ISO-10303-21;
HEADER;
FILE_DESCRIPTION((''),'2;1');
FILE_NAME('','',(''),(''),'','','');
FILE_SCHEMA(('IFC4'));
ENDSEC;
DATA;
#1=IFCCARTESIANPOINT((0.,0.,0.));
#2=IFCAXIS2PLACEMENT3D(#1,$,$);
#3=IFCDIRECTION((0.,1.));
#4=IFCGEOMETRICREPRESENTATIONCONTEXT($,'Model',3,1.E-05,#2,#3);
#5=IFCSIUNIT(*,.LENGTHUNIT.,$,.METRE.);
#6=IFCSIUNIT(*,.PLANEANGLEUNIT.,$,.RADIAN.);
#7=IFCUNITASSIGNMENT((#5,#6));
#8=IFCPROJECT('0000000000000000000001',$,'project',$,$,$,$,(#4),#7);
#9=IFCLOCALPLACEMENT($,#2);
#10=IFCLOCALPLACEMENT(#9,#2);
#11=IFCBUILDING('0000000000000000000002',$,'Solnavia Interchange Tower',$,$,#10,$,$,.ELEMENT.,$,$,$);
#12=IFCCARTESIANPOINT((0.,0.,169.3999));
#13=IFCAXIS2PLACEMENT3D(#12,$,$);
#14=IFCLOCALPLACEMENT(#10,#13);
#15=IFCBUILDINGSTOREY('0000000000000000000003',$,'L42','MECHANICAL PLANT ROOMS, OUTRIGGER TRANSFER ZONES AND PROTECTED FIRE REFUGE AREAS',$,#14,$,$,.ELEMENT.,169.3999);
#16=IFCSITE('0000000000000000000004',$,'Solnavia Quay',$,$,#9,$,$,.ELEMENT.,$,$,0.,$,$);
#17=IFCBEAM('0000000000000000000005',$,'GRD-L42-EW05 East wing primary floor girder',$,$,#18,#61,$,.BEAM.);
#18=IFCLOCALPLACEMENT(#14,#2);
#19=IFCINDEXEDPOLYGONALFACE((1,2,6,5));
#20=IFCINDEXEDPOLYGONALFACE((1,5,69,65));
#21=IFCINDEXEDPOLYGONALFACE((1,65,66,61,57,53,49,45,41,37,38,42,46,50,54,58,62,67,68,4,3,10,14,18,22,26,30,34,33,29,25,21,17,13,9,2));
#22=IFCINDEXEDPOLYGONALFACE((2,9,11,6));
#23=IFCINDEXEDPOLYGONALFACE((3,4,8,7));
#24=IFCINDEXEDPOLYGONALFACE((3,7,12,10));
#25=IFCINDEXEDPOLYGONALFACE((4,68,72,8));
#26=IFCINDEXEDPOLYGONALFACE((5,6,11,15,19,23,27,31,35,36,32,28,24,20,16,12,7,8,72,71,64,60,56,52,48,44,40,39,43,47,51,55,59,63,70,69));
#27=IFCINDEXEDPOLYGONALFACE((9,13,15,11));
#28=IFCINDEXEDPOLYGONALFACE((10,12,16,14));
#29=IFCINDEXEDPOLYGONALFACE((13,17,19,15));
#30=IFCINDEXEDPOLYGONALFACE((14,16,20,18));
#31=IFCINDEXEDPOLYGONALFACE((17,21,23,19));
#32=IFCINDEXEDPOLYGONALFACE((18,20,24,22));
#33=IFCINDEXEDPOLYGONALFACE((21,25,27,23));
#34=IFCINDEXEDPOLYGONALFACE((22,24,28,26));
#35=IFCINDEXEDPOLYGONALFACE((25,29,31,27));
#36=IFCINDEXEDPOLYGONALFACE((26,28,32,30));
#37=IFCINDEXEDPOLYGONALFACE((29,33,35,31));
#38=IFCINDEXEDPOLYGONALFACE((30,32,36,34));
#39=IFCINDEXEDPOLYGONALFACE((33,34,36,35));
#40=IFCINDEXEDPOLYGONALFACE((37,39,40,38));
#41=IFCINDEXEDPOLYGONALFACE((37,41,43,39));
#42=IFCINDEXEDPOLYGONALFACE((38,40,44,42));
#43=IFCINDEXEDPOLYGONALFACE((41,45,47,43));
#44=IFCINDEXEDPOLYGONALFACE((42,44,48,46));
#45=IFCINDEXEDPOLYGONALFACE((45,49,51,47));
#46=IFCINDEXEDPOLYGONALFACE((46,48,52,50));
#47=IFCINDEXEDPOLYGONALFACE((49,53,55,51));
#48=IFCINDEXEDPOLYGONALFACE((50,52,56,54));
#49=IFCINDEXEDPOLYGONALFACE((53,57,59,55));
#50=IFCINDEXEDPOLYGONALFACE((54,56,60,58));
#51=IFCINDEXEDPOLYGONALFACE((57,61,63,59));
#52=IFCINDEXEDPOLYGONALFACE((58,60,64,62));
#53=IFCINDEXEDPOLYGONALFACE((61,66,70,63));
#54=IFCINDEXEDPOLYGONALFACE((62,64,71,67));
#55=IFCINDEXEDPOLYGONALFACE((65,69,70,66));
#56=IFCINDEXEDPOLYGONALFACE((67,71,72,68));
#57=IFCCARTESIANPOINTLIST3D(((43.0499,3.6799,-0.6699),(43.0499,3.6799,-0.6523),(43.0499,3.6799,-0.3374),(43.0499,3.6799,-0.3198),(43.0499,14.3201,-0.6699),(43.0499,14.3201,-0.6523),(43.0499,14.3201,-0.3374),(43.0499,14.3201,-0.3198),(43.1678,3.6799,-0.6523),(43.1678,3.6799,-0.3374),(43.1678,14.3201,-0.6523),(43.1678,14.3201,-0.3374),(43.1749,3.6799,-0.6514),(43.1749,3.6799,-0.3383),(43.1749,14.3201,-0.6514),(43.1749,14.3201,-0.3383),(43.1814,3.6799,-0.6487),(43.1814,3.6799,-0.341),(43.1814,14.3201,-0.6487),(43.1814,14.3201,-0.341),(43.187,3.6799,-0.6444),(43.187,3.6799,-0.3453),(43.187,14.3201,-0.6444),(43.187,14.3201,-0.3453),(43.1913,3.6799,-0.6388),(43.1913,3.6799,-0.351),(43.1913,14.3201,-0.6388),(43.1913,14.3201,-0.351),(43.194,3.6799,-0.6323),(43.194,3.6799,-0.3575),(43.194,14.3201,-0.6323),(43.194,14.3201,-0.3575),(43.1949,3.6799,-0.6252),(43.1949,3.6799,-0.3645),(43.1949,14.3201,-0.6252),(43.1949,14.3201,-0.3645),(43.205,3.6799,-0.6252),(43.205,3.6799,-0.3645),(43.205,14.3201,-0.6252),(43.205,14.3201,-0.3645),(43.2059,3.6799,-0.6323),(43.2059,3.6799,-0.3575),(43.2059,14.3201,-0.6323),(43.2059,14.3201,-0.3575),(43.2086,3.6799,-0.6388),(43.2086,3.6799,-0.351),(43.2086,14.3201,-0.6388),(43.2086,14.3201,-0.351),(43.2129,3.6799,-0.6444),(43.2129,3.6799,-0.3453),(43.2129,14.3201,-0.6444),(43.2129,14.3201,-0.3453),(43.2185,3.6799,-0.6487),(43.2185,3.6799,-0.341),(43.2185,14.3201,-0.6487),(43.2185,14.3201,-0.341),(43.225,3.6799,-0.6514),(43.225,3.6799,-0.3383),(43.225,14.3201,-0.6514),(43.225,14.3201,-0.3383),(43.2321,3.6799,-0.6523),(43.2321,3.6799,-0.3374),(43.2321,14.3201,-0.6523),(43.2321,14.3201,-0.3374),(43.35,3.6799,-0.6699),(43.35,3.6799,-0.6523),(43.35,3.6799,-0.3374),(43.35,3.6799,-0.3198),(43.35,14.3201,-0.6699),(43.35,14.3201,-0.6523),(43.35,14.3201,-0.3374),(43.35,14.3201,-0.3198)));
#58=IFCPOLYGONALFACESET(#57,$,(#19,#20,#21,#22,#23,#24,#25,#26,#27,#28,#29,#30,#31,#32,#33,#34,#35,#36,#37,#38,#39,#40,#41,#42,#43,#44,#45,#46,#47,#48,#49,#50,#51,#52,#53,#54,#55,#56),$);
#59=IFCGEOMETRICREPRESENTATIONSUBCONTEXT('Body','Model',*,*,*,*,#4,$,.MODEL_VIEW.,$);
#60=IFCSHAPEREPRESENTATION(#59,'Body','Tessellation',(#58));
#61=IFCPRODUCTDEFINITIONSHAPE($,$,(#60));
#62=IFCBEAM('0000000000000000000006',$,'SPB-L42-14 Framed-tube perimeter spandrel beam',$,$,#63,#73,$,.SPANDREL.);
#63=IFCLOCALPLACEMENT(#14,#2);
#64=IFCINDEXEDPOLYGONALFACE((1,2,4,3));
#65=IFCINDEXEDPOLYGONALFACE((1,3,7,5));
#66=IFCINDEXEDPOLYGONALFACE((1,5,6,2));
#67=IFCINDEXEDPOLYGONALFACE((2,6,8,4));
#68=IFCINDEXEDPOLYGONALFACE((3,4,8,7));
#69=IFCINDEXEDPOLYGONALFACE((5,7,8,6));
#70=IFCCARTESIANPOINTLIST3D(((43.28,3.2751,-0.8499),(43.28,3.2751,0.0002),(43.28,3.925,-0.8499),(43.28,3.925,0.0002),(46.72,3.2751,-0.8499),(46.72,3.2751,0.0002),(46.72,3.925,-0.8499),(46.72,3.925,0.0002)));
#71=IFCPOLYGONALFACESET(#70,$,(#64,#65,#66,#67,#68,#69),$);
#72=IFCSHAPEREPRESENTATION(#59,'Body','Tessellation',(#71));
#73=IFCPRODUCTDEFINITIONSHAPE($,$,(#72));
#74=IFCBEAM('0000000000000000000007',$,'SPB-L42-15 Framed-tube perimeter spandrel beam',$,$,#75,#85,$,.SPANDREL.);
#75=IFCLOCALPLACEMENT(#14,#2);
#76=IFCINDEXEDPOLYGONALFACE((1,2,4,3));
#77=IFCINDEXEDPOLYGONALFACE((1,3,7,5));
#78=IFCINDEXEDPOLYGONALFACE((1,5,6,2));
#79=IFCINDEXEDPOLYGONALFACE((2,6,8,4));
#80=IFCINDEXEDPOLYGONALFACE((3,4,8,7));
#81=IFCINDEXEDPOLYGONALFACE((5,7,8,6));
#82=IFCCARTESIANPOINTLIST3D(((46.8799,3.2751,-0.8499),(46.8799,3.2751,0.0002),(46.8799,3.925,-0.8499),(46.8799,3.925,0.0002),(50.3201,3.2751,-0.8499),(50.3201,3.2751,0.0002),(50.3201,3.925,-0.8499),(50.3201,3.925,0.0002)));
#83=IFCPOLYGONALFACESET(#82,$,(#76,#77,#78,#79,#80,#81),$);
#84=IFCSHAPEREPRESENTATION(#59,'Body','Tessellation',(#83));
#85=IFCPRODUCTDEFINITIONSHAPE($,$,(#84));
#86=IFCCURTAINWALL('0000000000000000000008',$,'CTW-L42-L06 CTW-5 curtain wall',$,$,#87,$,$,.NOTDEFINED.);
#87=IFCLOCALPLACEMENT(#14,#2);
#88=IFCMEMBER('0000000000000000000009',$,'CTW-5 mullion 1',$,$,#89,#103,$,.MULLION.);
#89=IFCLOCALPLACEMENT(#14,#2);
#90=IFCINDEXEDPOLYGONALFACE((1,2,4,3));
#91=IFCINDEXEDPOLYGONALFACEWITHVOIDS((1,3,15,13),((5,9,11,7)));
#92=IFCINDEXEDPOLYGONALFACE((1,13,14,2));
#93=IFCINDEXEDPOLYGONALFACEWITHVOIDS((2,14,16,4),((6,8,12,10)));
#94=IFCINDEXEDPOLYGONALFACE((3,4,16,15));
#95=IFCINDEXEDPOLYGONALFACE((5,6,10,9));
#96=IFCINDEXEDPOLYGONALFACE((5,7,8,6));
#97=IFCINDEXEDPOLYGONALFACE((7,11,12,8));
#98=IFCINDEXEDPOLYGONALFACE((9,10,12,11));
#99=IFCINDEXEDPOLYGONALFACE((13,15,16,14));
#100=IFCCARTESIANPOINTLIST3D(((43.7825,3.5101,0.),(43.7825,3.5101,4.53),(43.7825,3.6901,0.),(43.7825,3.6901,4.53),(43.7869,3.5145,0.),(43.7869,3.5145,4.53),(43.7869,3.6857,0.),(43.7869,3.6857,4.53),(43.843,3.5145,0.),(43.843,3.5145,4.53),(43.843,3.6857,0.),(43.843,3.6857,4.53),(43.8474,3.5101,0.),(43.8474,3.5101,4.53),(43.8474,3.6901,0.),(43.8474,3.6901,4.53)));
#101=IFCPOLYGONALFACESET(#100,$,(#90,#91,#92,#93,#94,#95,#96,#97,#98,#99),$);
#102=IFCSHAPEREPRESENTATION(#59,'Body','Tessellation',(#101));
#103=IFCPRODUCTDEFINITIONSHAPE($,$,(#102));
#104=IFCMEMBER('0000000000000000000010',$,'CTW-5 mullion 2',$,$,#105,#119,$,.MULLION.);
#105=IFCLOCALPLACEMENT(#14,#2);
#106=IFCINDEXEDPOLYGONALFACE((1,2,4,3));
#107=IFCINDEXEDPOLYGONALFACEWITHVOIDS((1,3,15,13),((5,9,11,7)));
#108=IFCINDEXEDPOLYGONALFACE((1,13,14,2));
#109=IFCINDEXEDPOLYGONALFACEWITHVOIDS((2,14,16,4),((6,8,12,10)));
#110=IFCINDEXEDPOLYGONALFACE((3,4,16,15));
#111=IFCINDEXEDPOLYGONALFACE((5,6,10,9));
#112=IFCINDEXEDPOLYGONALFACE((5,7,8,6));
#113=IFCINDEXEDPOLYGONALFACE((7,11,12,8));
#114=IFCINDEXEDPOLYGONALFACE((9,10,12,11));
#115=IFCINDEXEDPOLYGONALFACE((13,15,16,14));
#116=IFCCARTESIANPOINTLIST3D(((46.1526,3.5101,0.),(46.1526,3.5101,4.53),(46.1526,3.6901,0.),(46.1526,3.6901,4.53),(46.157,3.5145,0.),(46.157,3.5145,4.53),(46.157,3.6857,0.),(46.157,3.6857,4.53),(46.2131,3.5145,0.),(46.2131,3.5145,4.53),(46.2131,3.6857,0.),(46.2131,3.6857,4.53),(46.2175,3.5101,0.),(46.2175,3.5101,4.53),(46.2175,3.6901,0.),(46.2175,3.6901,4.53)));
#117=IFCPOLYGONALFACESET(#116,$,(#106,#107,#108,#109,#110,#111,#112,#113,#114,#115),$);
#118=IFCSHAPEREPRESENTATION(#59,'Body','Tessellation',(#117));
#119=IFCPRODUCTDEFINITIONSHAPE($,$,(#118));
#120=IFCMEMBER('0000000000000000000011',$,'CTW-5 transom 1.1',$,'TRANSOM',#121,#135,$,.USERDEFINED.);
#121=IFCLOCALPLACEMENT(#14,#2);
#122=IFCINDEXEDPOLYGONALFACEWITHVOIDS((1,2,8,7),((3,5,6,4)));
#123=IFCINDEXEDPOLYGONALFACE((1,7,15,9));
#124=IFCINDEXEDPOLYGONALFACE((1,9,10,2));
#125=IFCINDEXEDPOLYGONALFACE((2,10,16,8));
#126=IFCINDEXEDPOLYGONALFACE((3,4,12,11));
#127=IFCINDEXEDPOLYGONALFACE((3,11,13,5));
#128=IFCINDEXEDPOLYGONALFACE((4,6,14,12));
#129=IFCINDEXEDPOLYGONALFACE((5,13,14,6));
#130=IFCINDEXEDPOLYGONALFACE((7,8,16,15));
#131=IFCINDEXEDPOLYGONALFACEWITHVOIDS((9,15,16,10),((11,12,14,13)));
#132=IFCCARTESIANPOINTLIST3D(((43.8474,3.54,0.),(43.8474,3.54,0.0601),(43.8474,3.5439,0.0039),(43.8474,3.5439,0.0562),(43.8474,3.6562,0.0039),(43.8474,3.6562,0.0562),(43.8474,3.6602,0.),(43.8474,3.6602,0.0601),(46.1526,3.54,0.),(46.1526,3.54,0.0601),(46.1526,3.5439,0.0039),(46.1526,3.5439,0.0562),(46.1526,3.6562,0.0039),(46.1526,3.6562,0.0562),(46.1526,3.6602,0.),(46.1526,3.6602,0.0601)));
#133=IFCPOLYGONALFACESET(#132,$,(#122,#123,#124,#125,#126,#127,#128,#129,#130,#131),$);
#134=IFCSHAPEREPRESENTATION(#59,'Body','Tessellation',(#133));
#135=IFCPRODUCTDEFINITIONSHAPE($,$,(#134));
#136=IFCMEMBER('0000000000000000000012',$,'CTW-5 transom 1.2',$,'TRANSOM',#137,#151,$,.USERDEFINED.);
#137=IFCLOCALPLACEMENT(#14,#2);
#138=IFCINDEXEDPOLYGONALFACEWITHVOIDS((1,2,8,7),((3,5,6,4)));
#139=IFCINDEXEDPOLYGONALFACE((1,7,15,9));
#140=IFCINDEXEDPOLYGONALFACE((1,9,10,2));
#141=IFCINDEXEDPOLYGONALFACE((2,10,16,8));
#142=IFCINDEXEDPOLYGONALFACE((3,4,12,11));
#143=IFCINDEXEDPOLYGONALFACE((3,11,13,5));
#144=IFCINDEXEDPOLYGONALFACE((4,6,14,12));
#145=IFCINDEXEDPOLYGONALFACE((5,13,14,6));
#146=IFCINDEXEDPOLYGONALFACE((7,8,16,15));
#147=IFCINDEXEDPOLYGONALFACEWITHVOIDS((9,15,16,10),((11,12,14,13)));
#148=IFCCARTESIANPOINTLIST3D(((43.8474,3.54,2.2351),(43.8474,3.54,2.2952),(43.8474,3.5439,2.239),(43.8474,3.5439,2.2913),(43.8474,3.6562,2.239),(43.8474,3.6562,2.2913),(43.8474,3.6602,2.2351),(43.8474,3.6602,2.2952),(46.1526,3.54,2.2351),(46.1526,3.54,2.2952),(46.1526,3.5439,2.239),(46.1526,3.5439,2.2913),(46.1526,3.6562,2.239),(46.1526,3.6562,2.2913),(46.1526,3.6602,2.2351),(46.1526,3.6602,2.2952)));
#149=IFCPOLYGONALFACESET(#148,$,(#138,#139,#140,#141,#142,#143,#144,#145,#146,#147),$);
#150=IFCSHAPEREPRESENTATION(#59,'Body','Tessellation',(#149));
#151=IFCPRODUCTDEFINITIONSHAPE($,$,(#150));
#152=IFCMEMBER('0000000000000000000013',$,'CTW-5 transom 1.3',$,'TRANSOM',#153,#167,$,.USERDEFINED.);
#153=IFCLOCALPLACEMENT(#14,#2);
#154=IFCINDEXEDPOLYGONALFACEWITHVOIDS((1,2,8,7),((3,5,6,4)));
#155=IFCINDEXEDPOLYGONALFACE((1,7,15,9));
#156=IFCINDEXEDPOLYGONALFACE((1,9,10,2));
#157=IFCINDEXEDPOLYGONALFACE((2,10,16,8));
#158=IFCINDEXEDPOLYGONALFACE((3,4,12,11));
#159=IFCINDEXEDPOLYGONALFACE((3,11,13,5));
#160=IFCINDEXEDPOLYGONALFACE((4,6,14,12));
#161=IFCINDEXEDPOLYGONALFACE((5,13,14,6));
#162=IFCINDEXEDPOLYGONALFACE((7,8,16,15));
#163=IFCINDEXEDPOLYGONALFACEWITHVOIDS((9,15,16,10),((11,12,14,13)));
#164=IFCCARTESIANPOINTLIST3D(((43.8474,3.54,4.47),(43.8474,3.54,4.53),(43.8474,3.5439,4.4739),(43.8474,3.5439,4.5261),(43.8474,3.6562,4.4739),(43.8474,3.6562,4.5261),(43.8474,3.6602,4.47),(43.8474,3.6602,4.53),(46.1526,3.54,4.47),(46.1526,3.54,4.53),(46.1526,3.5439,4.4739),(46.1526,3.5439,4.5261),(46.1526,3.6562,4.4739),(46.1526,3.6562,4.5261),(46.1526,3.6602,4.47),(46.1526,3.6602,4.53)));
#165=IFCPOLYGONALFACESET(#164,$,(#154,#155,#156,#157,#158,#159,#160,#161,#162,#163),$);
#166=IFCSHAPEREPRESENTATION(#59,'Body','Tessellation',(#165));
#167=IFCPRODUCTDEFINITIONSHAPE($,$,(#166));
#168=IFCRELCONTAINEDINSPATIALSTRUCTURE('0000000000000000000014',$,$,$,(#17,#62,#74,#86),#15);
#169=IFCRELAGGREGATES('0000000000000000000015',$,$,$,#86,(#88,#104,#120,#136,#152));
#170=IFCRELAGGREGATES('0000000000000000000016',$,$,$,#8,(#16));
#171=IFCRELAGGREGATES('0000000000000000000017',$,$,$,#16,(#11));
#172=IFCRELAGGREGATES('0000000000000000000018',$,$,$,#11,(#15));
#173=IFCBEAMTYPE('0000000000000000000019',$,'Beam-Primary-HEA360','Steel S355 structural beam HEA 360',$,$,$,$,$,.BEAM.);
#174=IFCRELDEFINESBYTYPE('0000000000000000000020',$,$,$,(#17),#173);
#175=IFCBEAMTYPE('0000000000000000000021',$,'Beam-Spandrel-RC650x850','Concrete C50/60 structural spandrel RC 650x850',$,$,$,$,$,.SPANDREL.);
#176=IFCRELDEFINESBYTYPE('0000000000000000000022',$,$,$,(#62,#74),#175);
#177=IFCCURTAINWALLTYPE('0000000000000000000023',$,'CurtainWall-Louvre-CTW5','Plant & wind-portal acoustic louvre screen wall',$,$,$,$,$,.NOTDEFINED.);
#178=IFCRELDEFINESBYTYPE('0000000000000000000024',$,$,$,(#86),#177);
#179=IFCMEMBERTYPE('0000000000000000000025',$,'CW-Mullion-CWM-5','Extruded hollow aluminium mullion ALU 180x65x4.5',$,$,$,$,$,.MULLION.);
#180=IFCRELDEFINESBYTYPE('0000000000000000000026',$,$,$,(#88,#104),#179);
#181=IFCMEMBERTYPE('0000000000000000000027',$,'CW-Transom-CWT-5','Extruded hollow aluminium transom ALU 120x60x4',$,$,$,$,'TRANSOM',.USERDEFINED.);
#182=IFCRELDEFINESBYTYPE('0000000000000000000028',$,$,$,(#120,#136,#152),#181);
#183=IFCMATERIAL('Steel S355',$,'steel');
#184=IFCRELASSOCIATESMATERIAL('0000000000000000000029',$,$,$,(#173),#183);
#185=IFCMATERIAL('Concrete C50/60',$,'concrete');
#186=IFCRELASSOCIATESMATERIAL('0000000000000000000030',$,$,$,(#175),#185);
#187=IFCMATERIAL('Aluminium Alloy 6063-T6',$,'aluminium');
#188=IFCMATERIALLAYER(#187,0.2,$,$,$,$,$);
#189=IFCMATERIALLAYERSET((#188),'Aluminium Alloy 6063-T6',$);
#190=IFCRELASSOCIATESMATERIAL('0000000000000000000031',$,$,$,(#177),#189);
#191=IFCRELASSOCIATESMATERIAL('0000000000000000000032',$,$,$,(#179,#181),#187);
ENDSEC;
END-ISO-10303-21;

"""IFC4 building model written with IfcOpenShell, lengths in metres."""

from ifc_helpers import new_model, si_unit, direction, frame, origin, origin_2d, place, context, subcontext, project, spatial, rectangle, hollow_rectangle, i_section, extrude, material, layer, layer_set, material_profile, profile_set, type_object, element, aggregate, save


model = new_model("IFC4")

# Units and contexts
model_context = context("Model", 3, precision=1e-05, world=origin(), true_north=direction((0.0, 1.0)))
body_context = subcontext(model_context, "Body", "Model", "MODEL_VIEW")
ifc_project = project(units=[si_unit("LENGTHUNIT", "METRE"), si_unit("PLANEANGLEUNIT", "RADIAN")], contexts=[model_context])

# Site, building, storey
site_placement = place(None, origin())
site = spatial("IfcSite", under=ifc_project, at=site_placement, Name="Solnavia Quay", CompositionType="ELEMENT", RefElevation=0.0)
building_placement = place(site_placement, origin())
building = spatial("IfcBuilding", under=site, at=building_placement, Name="Solnavia Interchange Tower", CompositionType="ELEMENT")
storey_placement = place(building_placement, frame((0.0, 0.0, 169.3999)))
storey = spatial("IfcBuildingStorey", under=building, at=storey_placement, Name="L42", Description="MECHANICAL PLANT ROOMS, OUTRIGGER TRANSFER ZONES AND PROTECTED FIRE REFUGE AREAS", CompositionType="ELEMENT", Elevation=169.3999)

# Shared definitions
ifc_material_1 = material(Name="Concrete C50/60", Category="concrete")

# Beams
ifc_material_2 = material(Name="Steel S355", Category="steel")
ifc_material_profile_1 = material_profile(ifc_material_2, i_section(OverallWidth=0.3, OverallDepth=0.3501, WebThickness=0.01, FlangeThickness=0.0176, FilletRadius=0.0271, at=origin_2d()), Name="HEA 360")
ifc_profile_set_1 = profile_set([ifc_material_profile_1], Name="Steel S355")
beam_type_1 = type_object("IfcBeamType", Name="Beam-Primary-HEA360", Description="Steel S355 structural beam HEA 360", PredefinedType="BEAM", material=ifc_profile_set_1)
beam_1_placement = place(storey_placement, frame((43.2, 3.6799, -0.4949), z_axis=(0.0, 1.0, 0.0), x_axis=(-1.0, 0.0, 0.0)))
element("IfcBeam", 1, at=beam_1_placement, inside=storey, type_object=beam_type_1, Name="GRD-L42-EW05 East wing primary floor girder", PredefinedType="BEAM", context=body_context, shape_type="SweptSolid", body=[
    extrude(i_section(OverallWidth=0.3, OverallDepth=0.3501, WebThickness=0.01, FlangeThickness=0.0176, FilletRadius=0.0271, at=origin_2d()), origin(), (0.0, 0.0, 1.0), 10.6401),
])
ifc_material_profile_2 = material_profile(ifc_material_1, rectangle(XDim=0.6499, YDim=0.8501, at=origin_2d()), Name="RC 650x850")
ifc_profile_set_2 = profile_set([ifc_material_profile_2], Name="Concrete C50/60")
beam_type_2 = type_object("IfcBeamType", Name="Beam-Spandrel-RC650x850", Description="Concrete C50/60 structural spandrel RC 650x850", PredefinedType="SPANDREL", material=ifc_profile_set_2)
beam_2_placement = place(storey_placement, frame((43.28, 3.6001, -0.4248), z_axis=(1.0, 0.0, 0.0), x_axis=(0.0, 1.0, 0.0)))
element("IfcBeam", 2, at=beam_2_placement, inside=storey, type_object=beam_type_2, Name="SPB-L42-14 Framed-tube perimeter spandrel beam", PredefinedType="SPANDREL", context=body_context, shape_type="SweptSolid", body=[
    extrude(rectangle(XDim=0.6499, YDim=0.8501, at=origin_2d()), origin(), (0.0, 0.0, 1.0), 3.4399),
])
beam_3_placement = place(storey_placement, frame((46.8799, 3.6001, -0.4248), z_axis=(1.0, 0.0, 0.0), x_axis=(0.0, 1.0, 0.0)))
element("IfcBeam", 3, at=beam_3_placement, inside=storey, type_object=beam_type_2, Name="SPB-L42-15 Framed-tube perimeter spandrel beam", PredefinedType="SPANDREL", context=body_context, shape_type="SweptSolid", body=[
    extrude(rectangle(XDim=0.6499, YDim=0.8501, at=origin_2d()), origin(), (0.0, 0.0, 1.0), 3.4402),
])

# Curtain wall, members
ifc_material_3 = material(Name="Aluminium Alloy 6063-T6", Category="aluminium")
ifc_layer_1 = layer(ifc_material_3, 0.2)
ifc_layer_set_1 = layer_set([ifc_layer_1], Name="Aluminium Alloy 6063-T6")
curtain_wall_type = type_object("IfcCurtainWallType", Name="CurtainWall-Louvre-CTW5", Description="Plant & wind-portal acoustic louvre screen wall", PredefinedType="NOTDEFINED", material=ifc_layer_set_1)
curtain_wall_placement = place(storey_placement, origin())
curtain_wall = element("IfcCurtainWall", 4, at=curtain_wall_placement, inside=storey, type_object=curtain_wall_type, Name="CTW-L42-L06 CTW-5 curtain wall", PredefinedType="NOTDEFINED")
ifc_material_profile_3 = material_profile(ifc_material_3, hollow_rectangle(XDim=0.0649, YDim=0.1799, WallThickness=0.0044, at=origin_2d()), Name="ALU 180x65x4.5")
ifc_profile_set_3 = profile_set([ifc_material_profile_3], Name="Aluminium Alloy 6063-T6")
member_type_1 = type_object("IfcMemberType", Name="CW-Mullion-CWM-5", Description="Extruded hollow aluminium mullion ALU 180x65x4.5", PredefinedType="MULLION", material=ifc_profile_set_3)
member_1_placement = place(storey_placement, frame((43.8149, 3.6001, 0.0), z_axis=(0.0, 0.0, 1.0), x_axis=(1.0, 0.0, 0.0)))
member_1 = element("IfcMember", 5, at=member_1_placement, type_object=member_type_1, Name="CTW-5 mullion 1", PredefinedType="MULLION", context=body_context, shape_type="SweptSolid", body=[
    extrude(hollow_rectangle(XDim=0.0649, YDim=0.1799, WallThickness=0.0044, at=origin_2d()), origin(), (0.0, 0.0, 1.0), 4.53),
])
member_2_placement = place(storey_placement, frame((46.1851, 3.6001, 0.0), z_axis=(0.0, 0.0, 1.0), x_axis=(1.0, 0.0, 0.0)))
member_2 = element("IfcMember", 6, at=member_2_placement, type_object=member_type_1, Name="CTW-5 mullion 2", PredefinedType="MULLION", context=body_context, shape_type="SweptSolid", body=[
    extrude(hollow_rectangle(XDim=0.0649, YDim=0.1799, WallThickness=0.0044, at=origin_2d()), origin(), (0.0, 0.0, 1.0), 4.53),
])
ifc_material_profile_4 = material_profile(ifc_material_3, hollow_rectangle(XDim=0.0601, YDim=0.1201, WallThickness=0.0039, at=origin_2d()), Name="ALU 120x60x4")
ifc_profile_set_4 = profile_set([ifc_material_profile_4], Name="Aluminium Alloy 6063-T6")
member_type_2 = type_object("IfcMemberType", Name="CW-Transom-CWT-5", Description="Extruded hollow aluminium transom ALU 120x60x4", ElementType="TRANSOM", PredefinedType="USERDEFINED", material=ifc_profile_set_4)
member_3_placement = place(storey_placement, frame((43.8474, 3.6001, 0.03), z_axis=(1.0, 0.0, 0.0), x_axis=(0.0, 0.0, 1.0)))
member_3 = element("IfcMember", 7, at=member_3_placement, type_object=member_type_2, Name="CTW-5 transom 1.1", ObjectType="TRANSOM", PredefinedType="USERDEFINED", context=body_context, shape_type="SweptSolid", body=[
    extrude(hollow_rectangle(XDim=0.0601, YDim=0.1201, WallThickness=0.0039, at=origin_2d()), origin(), (0.0, 0.0, 1.0), 2.3052),
])
member_4_placement = place(storey_placement, frame((43.8474, 3.6001, 2.2651), z_axis=(1.0, 0.0, 0.0), x_axis=(0.0, 0.0, 1.0)))
member_4 = element("IfcMember", 8, at=member_4_placement, type_object=member_type_2, Name="CTW-5 transom 1.2", ObjectType="TRANSOM", PredefinedType="USERDEFINED", context=body_context, shape_type="SweptSolid", body=[
    extrude(hollow_rectangle(XDim=0.0601, YDim=0.1201, WallThickness=0.0039, at=origin_2d()), origin(), (0.0, 0.0, 1.0), 2.3052),
])
member_5_placement = place(storey_placement, frame((43.8474, 3.6001, 4.5), z_axis=(1.0, 0.0, 0.0), x_axis=(0.0, 0.0, 1.0)))
member_5 = element("IfcMember", 9, at=member_5_placement, type_object=member_type_2, Name="CTW-5 transom 1.3", ObjectType="TRANSOM", PredefinedType="USERDEFINED", context=body_context, shape_type="SweptSolid", body=[
    extrude(hollow_rectangle(XDim=0.0601, YDim=0.1201, WallThickness=0.0039, at=origin_2d()), origin(), (0.0, 0.0, 1.0), 2.3052),
])

aggregate(curtain_wall, [member_1, member_2, member_3, member_4, member_5])

save(model, "model.ifc")
